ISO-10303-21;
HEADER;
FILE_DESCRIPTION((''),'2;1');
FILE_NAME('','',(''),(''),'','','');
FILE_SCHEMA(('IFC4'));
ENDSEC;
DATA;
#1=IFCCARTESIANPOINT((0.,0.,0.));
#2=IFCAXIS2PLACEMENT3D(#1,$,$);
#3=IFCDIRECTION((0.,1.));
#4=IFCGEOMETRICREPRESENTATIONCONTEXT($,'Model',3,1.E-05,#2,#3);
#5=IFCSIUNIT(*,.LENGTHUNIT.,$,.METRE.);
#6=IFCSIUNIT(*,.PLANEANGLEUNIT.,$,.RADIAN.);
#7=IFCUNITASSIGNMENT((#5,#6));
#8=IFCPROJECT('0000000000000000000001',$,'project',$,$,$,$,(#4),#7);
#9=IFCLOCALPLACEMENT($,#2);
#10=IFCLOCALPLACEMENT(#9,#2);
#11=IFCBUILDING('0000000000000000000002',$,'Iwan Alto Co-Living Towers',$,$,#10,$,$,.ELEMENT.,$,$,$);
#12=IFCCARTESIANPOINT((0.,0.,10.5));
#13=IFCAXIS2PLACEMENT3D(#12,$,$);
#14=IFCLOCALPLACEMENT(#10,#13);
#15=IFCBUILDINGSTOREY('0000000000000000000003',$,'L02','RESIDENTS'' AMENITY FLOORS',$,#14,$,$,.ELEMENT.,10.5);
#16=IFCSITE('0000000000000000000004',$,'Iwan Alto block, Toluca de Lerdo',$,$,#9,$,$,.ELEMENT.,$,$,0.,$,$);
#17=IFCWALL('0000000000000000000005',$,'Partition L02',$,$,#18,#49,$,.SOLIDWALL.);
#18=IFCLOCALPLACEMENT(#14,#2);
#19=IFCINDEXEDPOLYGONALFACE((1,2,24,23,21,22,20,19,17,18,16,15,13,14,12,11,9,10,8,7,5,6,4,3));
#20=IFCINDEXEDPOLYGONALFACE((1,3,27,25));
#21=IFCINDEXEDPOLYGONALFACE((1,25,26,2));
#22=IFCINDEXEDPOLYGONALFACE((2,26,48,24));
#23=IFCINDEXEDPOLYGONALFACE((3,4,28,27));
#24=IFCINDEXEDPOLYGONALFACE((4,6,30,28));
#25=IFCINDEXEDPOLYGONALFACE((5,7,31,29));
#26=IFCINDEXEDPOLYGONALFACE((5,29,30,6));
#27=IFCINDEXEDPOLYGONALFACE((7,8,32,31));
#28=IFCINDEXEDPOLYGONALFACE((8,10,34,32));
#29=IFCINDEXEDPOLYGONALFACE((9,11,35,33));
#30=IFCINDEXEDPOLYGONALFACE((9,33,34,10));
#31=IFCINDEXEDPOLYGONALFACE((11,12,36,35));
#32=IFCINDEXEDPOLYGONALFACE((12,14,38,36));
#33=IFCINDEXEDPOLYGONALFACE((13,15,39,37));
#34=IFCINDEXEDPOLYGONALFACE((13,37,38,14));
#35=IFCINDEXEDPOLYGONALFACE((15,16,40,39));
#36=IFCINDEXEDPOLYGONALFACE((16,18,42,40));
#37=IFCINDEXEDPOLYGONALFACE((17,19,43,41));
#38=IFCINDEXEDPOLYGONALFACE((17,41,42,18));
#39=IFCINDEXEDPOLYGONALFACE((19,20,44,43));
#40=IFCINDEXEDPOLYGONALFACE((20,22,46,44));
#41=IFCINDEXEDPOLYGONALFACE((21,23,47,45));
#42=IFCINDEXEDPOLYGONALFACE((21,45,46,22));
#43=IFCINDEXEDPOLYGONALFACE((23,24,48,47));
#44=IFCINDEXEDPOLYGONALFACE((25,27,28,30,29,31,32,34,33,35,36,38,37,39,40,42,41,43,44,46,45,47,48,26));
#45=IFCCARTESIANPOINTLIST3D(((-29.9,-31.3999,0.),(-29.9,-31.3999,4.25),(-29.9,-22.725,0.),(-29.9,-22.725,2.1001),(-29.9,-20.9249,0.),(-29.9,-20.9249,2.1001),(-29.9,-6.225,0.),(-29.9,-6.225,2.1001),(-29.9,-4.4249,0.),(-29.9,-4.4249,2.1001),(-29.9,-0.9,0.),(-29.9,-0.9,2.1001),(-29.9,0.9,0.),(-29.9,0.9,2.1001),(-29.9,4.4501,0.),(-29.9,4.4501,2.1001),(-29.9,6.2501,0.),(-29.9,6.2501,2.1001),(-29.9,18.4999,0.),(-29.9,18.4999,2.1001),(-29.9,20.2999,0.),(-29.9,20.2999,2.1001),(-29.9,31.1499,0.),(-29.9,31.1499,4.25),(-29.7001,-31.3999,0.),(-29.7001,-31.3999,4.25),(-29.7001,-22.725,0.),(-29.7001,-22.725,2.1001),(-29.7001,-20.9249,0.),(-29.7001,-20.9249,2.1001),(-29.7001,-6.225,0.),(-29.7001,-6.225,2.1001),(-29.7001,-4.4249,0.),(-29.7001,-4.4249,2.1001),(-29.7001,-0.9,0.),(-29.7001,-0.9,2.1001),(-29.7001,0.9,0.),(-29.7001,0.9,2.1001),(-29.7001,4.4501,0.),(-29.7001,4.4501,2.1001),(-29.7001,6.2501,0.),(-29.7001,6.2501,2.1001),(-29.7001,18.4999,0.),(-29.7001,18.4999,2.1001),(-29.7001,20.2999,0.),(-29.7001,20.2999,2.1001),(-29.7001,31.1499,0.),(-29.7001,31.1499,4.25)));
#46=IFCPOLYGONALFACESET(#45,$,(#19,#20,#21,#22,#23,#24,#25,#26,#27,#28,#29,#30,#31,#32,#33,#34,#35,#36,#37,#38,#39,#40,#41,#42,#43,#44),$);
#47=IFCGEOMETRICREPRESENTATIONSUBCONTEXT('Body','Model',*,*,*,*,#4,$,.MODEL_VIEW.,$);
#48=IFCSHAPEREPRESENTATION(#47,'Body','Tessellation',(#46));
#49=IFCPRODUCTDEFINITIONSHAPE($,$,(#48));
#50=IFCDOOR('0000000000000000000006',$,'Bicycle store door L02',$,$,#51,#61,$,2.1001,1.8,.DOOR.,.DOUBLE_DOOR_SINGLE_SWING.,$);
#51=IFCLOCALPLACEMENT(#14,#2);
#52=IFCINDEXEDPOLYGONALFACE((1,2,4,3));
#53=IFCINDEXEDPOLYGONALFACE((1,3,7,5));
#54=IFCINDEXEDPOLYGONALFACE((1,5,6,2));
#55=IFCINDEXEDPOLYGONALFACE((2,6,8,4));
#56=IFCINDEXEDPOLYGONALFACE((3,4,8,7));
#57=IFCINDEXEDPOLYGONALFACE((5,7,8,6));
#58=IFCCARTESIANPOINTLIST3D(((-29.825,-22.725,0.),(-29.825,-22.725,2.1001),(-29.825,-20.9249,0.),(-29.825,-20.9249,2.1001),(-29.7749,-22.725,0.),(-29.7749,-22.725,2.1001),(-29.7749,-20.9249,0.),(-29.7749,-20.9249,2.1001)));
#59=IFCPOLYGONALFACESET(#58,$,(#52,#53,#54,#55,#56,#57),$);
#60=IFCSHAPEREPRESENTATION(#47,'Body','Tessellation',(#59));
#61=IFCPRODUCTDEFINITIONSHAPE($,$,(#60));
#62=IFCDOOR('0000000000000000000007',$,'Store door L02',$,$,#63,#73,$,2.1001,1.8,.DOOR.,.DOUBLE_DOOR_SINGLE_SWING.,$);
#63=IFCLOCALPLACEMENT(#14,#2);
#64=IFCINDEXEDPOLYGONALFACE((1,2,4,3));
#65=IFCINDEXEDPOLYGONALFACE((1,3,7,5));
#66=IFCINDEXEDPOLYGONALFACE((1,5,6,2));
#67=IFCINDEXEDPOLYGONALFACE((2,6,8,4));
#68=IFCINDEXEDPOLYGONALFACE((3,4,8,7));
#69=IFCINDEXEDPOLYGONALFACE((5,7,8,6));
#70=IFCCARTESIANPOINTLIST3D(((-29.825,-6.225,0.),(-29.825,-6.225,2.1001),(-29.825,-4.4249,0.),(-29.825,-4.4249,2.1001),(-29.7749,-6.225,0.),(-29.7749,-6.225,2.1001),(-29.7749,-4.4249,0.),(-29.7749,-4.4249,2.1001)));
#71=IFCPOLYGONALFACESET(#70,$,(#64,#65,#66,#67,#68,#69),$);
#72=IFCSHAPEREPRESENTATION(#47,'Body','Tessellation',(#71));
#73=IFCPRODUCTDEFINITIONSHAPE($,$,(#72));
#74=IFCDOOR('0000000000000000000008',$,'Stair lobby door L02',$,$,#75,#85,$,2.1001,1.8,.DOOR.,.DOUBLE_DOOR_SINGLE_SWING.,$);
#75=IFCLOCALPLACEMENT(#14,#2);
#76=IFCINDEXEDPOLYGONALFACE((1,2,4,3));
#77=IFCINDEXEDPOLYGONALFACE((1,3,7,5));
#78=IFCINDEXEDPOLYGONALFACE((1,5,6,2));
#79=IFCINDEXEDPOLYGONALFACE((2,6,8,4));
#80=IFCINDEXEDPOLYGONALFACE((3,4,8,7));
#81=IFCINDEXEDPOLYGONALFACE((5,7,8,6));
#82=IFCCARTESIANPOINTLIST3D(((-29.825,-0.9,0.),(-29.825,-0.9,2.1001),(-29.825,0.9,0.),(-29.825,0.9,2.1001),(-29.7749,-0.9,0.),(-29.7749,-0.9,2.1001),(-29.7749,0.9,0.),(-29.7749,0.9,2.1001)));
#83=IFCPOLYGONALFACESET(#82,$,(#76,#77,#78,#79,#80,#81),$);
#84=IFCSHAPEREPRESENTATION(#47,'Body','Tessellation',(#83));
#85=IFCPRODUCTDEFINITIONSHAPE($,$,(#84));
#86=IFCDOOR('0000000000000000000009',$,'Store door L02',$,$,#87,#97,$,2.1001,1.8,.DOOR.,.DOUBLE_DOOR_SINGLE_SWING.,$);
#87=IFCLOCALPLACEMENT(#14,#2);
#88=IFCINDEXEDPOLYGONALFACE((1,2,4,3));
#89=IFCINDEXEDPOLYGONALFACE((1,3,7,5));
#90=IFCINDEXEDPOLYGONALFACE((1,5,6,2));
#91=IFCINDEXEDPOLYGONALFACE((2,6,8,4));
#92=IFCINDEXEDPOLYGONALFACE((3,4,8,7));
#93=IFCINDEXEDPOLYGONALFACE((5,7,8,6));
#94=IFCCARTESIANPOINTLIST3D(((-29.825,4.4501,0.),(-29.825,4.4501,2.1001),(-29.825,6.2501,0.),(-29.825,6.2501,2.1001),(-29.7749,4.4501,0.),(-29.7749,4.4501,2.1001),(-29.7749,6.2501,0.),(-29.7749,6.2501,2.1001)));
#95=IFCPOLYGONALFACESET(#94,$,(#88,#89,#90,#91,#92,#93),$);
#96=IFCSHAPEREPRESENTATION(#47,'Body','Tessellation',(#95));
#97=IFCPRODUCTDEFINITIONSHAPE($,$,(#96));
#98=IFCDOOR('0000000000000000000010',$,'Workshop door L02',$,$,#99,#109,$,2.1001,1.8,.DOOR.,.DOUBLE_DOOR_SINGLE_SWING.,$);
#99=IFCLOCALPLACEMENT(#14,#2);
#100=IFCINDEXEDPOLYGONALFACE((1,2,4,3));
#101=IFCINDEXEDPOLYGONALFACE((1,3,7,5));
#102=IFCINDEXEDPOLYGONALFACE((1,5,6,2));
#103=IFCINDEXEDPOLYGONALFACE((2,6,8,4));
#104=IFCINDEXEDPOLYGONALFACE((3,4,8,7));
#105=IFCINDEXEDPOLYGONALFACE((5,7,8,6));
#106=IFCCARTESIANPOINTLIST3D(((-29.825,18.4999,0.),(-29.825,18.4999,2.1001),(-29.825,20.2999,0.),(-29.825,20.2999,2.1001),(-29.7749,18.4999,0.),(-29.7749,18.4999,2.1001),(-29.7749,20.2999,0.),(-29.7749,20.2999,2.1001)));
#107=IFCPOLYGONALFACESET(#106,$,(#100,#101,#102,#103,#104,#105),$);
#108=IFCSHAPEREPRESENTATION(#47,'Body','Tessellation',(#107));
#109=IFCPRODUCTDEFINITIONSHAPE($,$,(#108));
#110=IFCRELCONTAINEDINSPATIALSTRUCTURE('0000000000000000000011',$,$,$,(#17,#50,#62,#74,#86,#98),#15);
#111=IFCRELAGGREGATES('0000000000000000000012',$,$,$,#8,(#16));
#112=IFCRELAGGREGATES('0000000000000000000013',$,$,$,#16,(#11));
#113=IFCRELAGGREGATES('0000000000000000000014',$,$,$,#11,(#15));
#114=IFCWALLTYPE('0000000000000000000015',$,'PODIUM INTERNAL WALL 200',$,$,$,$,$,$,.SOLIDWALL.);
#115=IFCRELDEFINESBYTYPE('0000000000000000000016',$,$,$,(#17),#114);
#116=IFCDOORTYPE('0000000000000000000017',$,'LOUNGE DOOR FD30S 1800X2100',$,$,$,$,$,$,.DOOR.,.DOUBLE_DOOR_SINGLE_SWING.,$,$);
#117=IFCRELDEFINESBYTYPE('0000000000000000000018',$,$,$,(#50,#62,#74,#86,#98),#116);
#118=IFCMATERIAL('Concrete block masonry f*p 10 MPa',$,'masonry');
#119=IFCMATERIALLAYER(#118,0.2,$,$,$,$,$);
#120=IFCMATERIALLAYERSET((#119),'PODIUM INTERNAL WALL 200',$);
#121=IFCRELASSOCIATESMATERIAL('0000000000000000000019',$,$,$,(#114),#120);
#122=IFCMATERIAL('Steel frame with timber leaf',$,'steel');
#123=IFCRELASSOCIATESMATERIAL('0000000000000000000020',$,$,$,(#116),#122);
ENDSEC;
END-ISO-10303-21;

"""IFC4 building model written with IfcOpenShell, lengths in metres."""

from ifc_helpers import new_model, si_unit, direction, frame, frame_2d, origin, place, context, subcontext, project, spatial, rectangle, extrude, material, layer, layer_set, type_object, element, fill, save


model = new_model("IFC4")

# Units and contexts
model_context = context("Model", 3, precision=1e-05, world=origin(), true_north=direction((0.0, 1.0)))
body_context = subcontext(model_context, "Body", "Model", "MODEL_VIEW")
ifc_project = project(units=[si_unit("LENGTHUNIT", "METRE"), si_unit("PLANEANGLEUNIT", "RADIAN")], contexts=[model_context])

# Site, building, storey
site_placement = place(None, origin())
site = spatial("IfcSite", under=ifc_project, at=site_placement, Name="Iwan Alto block, Toluca de Lerdo", CompositionType="ELEMENT", RefElevation=0.0)
building_placement = place(site_placement, origin())
building = spatial("IfcBuilding", under=site, at=building_placement, Name="Iwan Alto Co-Living Towers", CompositionType="ELEMENT")
storey_placement = place(building_placement, frame((0.0, 0.0, 10.5)))
storey = spatial("IfcBuildingStorey", under=building, at=storey_placement, Name="L02", Description="RESIDENTS' AMENITY FLOORS", CompositionType="ELEMENT", Elevation=10.5)

# Wall, openings, doors
ifc_material_1 = material(Name="Concrete block masonry f*p 10 MPa", Category="masonry")
ifc_layer_1 = layer(ifc_material_1, 0.2)
ifc_layer_set_1 = layer_set([ifc_layer_1], Name="PODIUM INTERNAL WALL 200")
wall_type = type_object("IfcWallType", Name="PODIUM INTERNAL WALL 200", PredefinedType="SOLIDWALL", material=ifc_layer_set_1)
ifc_material_2 = material(Name="Steel frame with timber leaf", Category="steel")
door_type = type_object("IfcDoorType", Name="LOUNGE DOOR FD30S 1800X2100", OperationType="DOUBLE_DOOR_SINGLE_SWING", PredefinedType="DOOR", material=ifc_material_2)
wall_1_placement = place(storey_placement, frame((-29.8, -31.3999, 0.0), z_axis=(0.0, 0.0, 1.0), x_axis=(0.0, 1.0, 0.0)))
wall_1 = element("IfcWall", 1, at=wall_1_placement, inside=storey, type_object=wall_type, Name="Partition L02", PredefinedType="SOLIDWALL", context=body_context, shape_type="SweptSolid", body=[
    extrude(rectangle(XDim=62.5498, YDim=0.2, at=frame_2d((31.2749, 0.0))), origin(), (0.0, 0.0, 1.0), 4.25),
])
opening_1_placement = place(wall_1_placement, frame((8.675, 0.0, 0.0)))
opening_1 = element("IfcOpeningElement", 2, at=opening_1_placement, cuts=wall_1, PredefinedType="OPENING", context=body_context, shape_type="SweptSolid", body=[
    extrude(rectangle(XDim=1.8, YDim=2.1001, at=frame_2d((0.8999, 1.05))), frame((0.0, 0.1099, 0.0), z_axis=(0.0, -1.0, 0.0), x_axis=(1.0, 0.0, 0.0)), (0.0, 0.0, 1.0), 0.22),
])
opening_2_placement = place(wall_1_placement, frame((25.175, 0.0, 0.0)))
opening_2 = element("IfcOpeningElement", 3, at=opening_2_placement, cuts=wall_1, PredefinedType="OPENING", context=body_context, shape_type="SweptSolid", body=[
    extrude(rectangle(XDim=1.8, YDim=2.1001, at=frame_2d((0.8999, 1.05))), frame((0.0, 0.1099, 0.0), z_axis=(0.0, -1.0, 0.0), x_axis=(1.0, 0.0, 0.0)), (0.0, 0.0, 1.0), 0.22),
])
opening_3_placement = place(wall_1_placement, frame((30.5, 0.0, 0.0)))
opening_3 = element("IfcOpeningElement", 4, at=opening_3_placement, cuts=wall_1, PredefinedType="OPENING", context=body_context, shape_type="SweptSolid", body=[
    extrude(rectangle(XDim=1.8, YDim=2.1001, at=frame_2d((0.8999, 1.05))), frame((0.0, 0.1099, 0.0), z_axis=(0.0, -1.0, 0.0), x_axis=(1.0, 0.0, 0.0)), (0.0, 0.0, 1.0), 0.22),
])
opening_4_placement = place(wall_1_placement, frame((35.8501, 0.0, 0.0)))
opening_4 = element("IfcOpeningElement", 5, at=opening_4_placement, cuts=wall_1, PredefinedType="OPENING", context=body_context, shape_type="SweptSolid", body=[
    extrude(rectangle(XDim=1.8, YDim=2.1001, at=frame_2d((0.8999, 1.05))), frame((0.0, 0.1099, 0.0), z_axis=(0.0, -1.0, 0.0), x_axis=(1.0, 0.0, 0.0)), (0.0, 0.0, 1.0), 0.22),
])
opening_5_placement = place(wall_1_placement, frame((49.8999, 0.0, 0.0)))
opening_5 = element("IfcOpeningElement", 6, at=opening_5_placement, cuts=wall_1, PredefinedType="OPENING", context=body_context, shape_type="SweptSolid", body=[
    extrude(rectangle(XDim=1.8, YDim=2.1001, at=frame_2d((0.8999, 1.05))), frame((0.0, 0.1099, 0.0), z_axis=(0.0, -1.0, 0.0), x_axis=(1.0, 0.0, 0.0)), (0.0, 0.0, 1.0), 0.22),
])
door_1_placement = place(opening_1_placement, origin())
door_1 = element("IfcDoor", 7, at=door_1_placement, inside=storey, type_object=door_type, Name="Bicycle store door L02", OperationType="DOUBLE_DOOR_SINGLE_SWING", OverallHeight=2.1001, OverallWidth=1.8, PredefinedType="DOOR", context=body_context, shape_type="SweptSolid", body=[
    extrude(rectangle(XDim=1.8, YDim=2.1001, at=frame_2d((0.8999, 1.05))), frame((0.0, 0.0249, 0.0), z_axis=(0.0, -1.0, 0.0), x_axis=(1.0, 0.0, 0.0)), (0.0, 0.0, 1.0), 0.05),
])
fill(opening_1, door_1)
door_2_placement = place(opening_2_placement, origin())
door_2 = element("IfcDoor", 8, at=door_2_placement, inside=storey, type_object=door_type, Name="Store door L02", OperationType="DOUBLE_DOOR_SINGLE_SWING", OverallHeight=2.1001, OverallWidth=1.8, PredefinedType="DOOR", context=body_context, shape_type="SweptSolid", body=[
    extrude(rectangle(XDim=1.8, YDim=2.1001, at=frame_2d((0.8999, 1.05))), frame((0.0, 0.0249, 0.0), z_axis=(0.0, -1.0, 0.0), x_axis=(1.0, 0.0, 0.0)), (0.0, 0.0, 1.0), 0.05),
])
fill(opening_2, door_2)
door_3_placement = place(opening_3_placement, origin())
door_3 = element("IfcDoor", 9, at=door_3_placement, inside=storey, type_object=door_type, Name="Stair lobby door L02", OperationType="DOUBLE_DOOR_SINGLE_SWING", OverallHeight=2.1001, OverallWidth=1.8, PredefinedType="DOOR", context=body_context, shape_type="SweptSolid", body=[
    extrude(rectangle(XDim=1.8, YDim=2.1001, at=frame_2d((0.8999, 1.05))), frame((0.0, 0.0249, 0.0), z_axis=(0.0, -1.0, 0.0), x_axis=(1.0, 0.0, 0.0)), (0.0, 0.0, 1.0), 0.05),
])
fill(opening_3, door_3)
door_4_placement = place(opening_4_placement, origin())
door_4 = element("IfcDoor", 10, at=door_4_placement, inside=storey, type_object=door_type, Name="Store door L02", OperationType="DOUBLE_DOOR_SINGLE_SWING", OverallHeight=2.1001, OverallWidth=1.8, PredefinedType="DOOR", context=body_context, shape_type="SweptSolid", body=[
    extrude(rectangle(XDim=1.8, YDim=2.1001, at=frame_2d((0.8999, 1.05))), frame((0.0, 0.0249, 0.0), z_axis=(0.0, -1.0, 0.0), x_axis=(1.0, 0.0, 0.0)), (0.0, 0.0, 1.0), 0.05),
])
fill(opening_4, door_4)
door_5_placement = place(opening_5_placement, origin())
door_5 = element("IfcDoor", 11, at=door_5_placement, inside=storey, type_object=door_type, Name="Workshop door L02", OperationType="DOUBLE_DOOR_SINGLE_SWING", OverallHeight=2.1001, OverallWidth=1.8, PredefinedType="DOOR", context=body_context, shape_type="SweptSolid", body=[
    extrude(rectangle(XDim=1.8, YDim=2.1001, at=frame_2d((0.8999, 1.05))), frame((0.0, 0.0249, 0.0), z_axis=(0.0, -1.0, 0.0), x_axis=(1.0, 0.0, 0.0)), (0.0, 0.0, 1.0), 0.05),
])
fill(opening_5, door_5)

save(model, "model.ifc")
